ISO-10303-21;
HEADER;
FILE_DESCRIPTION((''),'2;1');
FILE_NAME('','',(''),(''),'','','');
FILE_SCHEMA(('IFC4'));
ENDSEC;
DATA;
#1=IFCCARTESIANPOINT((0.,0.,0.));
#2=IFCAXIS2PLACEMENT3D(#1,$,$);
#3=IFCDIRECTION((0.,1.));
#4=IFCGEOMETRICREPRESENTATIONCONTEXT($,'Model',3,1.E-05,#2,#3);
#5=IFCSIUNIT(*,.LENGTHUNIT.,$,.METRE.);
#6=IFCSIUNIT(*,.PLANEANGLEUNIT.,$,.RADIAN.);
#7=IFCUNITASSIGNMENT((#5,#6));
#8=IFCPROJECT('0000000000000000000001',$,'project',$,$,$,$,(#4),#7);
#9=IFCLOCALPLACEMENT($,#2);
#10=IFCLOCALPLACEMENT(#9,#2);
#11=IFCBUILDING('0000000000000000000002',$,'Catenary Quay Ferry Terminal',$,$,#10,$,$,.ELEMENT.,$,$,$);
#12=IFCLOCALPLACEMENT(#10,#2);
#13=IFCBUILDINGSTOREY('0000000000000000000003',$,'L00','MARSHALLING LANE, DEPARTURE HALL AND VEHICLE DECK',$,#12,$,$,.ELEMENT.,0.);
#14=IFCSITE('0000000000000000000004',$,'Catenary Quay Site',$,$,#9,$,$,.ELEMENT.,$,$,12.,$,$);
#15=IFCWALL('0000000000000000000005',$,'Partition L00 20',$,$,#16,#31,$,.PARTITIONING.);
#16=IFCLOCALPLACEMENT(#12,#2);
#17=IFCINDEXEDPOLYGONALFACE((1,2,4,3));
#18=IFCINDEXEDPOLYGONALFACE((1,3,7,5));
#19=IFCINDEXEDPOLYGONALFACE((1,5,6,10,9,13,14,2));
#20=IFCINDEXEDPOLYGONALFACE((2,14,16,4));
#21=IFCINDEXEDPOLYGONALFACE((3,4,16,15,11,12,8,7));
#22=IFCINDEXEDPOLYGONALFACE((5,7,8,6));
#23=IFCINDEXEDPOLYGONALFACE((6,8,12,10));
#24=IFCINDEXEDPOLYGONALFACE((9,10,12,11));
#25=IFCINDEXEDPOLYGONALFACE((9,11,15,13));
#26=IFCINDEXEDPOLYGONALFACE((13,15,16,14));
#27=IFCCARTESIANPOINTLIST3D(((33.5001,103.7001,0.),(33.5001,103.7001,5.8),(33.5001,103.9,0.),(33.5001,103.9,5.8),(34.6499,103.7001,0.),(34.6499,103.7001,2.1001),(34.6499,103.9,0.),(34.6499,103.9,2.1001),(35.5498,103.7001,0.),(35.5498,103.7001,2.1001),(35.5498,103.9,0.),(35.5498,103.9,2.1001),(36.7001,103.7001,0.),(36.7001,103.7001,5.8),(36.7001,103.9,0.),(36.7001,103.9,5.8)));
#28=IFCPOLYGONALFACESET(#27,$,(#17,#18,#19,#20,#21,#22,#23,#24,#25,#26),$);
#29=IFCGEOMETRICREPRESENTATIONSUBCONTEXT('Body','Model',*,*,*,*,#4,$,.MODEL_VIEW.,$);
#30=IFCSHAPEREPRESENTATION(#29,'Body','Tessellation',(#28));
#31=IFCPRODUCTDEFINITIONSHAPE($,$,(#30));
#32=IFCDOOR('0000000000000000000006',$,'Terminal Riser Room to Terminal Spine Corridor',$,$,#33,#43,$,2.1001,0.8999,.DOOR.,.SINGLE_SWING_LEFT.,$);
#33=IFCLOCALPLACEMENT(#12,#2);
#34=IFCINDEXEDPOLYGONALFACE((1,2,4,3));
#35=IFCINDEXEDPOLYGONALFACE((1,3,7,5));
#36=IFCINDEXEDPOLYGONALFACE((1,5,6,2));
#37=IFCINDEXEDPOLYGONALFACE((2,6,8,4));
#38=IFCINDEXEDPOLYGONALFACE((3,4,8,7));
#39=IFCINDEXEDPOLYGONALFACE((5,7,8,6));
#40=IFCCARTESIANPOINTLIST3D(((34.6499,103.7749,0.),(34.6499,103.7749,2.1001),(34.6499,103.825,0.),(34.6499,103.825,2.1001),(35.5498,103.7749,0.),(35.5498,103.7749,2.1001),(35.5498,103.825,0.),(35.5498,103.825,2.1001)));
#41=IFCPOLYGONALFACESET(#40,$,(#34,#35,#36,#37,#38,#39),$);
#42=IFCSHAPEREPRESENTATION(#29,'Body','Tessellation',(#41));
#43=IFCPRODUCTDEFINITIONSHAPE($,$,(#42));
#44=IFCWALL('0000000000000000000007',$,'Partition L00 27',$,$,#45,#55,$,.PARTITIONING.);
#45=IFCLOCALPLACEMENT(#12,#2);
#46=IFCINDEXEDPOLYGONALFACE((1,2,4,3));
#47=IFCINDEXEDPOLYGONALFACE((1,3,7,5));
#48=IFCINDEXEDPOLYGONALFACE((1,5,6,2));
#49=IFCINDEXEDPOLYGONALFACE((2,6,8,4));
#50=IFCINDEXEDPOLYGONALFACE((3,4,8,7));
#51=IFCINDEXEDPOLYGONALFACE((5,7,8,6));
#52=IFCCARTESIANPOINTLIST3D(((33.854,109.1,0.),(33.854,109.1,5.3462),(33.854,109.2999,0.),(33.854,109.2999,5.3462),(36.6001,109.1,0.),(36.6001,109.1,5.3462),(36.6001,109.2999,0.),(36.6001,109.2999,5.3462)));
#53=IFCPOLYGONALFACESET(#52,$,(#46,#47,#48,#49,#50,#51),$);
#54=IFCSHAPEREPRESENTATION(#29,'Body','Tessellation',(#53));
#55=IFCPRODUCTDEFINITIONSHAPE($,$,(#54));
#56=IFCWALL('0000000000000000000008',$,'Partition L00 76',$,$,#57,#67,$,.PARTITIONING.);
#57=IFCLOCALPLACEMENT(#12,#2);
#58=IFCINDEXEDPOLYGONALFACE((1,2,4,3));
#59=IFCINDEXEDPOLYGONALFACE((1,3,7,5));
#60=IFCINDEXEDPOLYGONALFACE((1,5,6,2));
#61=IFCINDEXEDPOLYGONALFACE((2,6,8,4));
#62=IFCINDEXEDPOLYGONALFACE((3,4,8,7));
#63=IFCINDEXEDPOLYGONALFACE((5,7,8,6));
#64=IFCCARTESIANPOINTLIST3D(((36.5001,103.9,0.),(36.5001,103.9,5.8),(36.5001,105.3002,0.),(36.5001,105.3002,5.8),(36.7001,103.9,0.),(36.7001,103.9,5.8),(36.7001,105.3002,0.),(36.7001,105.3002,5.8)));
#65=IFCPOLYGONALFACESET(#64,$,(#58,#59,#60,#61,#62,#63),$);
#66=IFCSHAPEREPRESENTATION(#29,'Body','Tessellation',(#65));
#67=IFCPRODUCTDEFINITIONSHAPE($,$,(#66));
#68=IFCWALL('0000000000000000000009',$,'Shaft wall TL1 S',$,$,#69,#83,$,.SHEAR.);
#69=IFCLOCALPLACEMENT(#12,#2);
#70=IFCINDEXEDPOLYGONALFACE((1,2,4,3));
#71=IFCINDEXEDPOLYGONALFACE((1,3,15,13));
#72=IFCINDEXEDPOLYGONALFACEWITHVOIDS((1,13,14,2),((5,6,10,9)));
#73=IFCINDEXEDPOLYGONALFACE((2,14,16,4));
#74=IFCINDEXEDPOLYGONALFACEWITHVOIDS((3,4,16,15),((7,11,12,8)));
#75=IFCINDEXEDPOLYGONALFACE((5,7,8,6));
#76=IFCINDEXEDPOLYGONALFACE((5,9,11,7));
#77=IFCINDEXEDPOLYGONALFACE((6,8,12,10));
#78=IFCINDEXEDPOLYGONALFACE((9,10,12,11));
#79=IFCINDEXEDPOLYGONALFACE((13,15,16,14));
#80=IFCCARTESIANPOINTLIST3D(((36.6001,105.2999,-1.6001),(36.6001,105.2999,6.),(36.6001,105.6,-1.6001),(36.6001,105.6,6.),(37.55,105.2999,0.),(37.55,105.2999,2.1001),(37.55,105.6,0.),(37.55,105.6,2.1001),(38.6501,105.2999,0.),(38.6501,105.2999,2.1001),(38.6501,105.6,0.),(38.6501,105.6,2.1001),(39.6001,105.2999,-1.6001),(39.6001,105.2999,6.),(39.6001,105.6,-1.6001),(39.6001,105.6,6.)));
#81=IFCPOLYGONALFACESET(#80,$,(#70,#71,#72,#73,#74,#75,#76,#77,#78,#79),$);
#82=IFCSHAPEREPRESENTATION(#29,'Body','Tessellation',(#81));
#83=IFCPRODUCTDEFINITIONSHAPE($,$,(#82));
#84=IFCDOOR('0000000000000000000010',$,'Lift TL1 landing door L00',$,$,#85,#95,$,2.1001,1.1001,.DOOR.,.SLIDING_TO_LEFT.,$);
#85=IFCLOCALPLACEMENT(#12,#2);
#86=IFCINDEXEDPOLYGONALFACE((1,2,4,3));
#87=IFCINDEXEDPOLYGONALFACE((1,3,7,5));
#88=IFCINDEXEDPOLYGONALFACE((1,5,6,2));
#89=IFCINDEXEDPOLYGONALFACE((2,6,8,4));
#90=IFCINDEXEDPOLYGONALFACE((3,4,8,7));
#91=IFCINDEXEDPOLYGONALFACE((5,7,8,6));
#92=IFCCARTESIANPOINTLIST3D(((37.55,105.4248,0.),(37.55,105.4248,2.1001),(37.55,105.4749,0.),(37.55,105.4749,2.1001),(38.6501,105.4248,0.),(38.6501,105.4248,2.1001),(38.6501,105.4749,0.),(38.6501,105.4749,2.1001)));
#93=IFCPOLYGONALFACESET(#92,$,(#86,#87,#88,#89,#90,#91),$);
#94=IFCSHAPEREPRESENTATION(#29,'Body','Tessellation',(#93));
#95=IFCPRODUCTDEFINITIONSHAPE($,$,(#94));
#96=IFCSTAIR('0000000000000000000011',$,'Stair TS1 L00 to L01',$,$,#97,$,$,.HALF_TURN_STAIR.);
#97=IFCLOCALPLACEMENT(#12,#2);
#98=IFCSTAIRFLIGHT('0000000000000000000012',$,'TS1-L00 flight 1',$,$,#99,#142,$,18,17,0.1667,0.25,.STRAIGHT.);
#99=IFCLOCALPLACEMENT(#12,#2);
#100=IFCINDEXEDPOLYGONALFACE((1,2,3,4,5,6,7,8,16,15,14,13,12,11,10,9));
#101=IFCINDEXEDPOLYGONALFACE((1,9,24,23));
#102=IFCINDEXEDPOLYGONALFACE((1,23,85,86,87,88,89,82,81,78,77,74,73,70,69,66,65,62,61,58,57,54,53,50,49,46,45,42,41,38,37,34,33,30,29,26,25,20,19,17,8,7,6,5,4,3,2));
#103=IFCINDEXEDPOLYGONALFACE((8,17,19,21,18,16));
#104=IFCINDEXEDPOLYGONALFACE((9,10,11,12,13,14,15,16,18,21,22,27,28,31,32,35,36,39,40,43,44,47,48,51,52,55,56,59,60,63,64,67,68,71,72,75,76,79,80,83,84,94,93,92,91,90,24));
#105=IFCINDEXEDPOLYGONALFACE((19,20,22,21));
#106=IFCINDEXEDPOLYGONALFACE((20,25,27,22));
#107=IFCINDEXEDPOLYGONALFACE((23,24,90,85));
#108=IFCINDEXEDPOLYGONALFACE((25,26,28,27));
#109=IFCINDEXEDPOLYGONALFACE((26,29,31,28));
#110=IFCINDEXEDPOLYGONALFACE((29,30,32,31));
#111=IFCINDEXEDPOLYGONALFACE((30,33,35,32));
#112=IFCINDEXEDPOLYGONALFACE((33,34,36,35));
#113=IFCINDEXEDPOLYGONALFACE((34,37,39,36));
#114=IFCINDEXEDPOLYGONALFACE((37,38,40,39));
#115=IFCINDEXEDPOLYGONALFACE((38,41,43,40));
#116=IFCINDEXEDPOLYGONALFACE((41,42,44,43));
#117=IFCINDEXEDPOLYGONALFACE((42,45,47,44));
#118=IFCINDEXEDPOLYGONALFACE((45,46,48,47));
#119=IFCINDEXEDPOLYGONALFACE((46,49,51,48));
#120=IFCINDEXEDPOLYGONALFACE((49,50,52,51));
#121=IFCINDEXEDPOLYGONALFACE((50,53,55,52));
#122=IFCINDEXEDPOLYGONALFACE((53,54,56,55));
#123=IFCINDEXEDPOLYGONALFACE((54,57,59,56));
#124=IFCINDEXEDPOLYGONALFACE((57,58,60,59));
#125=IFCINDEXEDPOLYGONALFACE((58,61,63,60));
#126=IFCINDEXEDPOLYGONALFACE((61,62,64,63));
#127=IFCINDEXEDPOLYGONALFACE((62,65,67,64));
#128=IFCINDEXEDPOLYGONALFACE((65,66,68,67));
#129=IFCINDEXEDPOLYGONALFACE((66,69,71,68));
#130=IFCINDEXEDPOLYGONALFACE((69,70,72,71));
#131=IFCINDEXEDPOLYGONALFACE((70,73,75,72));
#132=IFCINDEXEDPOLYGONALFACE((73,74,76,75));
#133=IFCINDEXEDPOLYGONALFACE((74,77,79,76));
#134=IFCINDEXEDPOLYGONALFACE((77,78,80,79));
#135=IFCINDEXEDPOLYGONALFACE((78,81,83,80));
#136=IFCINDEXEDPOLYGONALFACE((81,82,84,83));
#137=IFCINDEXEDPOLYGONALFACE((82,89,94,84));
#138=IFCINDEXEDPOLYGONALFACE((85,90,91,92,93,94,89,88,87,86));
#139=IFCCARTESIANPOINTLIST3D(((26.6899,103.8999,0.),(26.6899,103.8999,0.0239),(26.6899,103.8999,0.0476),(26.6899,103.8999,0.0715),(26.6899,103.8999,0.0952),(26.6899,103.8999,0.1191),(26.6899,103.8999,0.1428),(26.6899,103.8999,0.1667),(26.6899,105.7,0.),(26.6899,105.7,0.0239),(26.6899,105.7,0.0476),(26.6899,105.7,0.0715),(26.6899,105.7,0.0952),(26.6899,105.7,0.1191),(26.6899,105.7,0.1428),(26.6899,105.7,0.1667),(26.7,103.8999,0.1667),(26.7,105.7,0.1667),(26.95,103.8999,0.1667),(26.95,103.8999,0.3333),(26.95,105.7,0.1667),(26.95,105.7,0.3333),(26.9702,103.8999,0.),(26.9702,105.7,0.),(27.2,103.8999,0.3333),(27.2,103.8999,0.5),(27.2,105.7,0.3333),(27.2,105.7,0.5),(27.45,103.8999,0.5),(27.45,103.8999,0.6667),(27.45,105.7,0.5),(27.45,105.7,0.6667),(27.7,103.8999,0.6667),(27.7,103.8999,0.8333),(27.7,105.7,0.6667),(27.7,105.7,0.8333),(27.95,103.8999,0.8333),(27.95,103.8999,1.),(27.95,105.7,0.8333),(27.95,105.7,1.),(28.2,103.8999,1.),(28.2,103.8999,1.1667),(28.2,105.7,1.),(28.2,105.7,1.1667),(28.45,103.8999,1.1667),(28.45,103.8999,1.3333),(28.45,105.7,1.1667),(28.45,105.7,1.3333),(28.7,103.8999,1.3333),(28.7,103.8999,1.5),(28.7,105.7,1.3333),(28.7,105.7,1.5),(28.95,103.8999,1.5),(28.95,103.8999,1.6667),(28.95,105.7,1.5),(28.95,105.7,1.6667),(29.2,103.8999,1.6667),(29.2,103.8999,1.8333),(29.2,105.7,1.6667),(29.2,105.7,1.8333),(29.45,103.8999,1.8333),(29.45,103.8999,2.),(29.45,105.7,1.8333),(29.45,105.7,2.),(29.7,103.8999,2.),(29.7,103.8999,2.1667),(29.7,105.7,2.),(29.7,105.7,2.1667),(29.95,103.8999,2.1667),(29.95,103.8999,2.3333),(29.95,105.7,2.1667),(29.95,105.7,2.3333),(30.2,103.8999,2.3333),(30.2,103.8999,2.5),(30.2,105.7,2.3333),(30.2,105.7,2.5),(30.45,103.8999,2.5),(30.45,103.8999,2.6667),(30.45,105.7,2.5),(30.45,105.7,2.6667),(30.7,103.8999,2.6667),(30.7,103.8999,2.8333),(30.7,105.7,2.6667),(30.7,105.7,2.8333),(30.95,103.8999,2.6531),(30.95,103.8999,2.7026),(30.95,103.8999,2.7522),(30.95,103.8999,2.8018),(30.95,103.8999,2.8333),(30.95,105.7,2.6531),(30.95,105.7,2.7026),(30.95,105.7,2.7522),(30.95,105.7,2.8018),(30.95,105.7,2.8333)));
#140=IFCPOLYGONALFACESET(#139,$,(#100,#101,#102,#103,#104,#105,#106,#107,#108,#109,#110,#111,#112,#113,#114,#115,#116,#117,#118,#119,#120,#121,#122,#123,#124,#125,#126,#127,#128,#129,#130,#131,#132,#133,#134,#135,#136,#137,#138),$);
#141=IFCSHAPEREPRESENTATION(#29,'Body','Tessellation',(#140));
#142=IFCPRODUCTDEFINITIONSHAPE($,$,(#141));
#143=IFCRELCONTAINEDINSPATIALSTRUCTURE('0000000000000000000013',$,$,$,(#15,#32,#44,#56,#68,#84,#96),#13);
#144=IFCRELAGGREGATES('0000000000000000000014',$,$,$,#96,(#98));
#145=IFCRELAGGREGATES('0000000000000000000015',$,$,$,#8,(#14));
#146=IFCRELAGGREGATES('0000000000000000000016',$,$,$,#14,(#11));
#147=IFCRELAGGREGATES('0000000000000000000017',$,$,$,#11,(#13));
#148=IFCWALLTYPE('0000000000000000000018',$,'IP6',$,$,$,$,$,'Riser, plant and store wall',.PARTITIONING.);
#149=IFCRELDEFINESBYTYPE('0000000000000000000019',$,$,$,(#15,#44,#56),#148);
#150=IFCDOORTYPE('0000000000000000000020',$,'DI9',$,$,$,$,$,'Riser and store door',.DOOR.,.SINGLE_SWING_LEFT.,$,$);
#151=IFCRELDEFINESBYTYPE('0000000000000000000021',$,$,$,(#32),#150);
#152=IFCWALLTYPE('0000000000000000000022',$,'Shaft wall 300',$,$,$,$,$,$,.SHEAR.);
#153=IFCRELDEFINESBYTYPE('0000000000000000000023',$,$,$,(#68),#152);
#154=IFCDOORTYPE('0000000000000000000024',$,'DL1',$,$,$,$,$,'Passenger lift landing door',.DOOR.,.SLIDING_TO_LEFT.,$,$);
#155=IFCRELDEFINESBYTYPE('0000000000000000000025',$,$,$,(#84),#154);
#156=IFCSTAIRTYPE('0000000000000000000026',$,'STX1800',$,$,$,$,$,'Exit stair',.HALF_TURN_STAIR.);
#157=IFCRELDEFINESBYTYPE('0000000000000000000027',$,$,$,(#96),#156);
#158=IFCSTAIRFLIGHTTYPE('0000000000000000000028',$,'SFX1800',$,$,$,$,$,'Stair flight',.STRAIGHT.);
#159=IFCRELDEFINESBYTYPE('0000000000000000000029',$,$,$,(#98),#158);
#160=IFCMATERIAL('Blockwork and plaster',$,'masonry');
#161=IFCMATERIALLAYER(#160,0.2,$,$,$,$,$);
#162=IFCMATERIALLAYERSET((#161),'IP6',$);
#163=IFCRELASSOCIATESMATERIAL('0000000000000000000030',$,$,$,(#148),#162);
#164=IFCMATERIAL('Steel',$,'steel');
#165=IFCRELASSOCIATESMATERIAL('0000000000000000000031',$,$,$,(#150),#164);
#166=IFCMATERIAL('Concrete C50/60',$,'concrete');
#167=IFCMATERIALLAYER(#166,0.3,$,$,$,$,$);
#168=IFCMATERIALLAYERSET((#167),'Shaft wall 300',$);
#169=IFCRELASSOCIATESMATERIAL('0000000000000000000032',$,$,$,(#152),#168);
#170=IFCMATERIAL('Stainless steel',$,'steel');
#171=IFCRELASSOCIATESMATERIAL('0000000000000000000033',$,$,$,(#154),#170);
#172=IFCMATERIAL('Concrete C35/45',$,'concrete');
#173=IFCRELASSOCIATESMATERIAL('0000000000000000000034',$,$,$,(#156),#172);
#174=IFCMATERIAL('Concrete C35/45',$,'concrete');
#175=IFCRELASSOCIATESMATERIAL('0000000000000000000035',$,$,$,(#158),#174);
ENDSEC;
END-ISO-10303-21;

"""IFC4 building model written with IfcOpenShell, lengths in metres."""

from ifc_helpers import new_model, si_unit, direction, frame, frame_2d, origin, place, context, subcontext, project, spatial, polyline, rectangle, outline, extrude, material, layer, layer_set, type_object, element, fill, aggregate, save


model = new_model("IFC4")

# Units and contexts
model_context = context("Model", 3, precision=1e-05, world=origin(), true_north=direction((0.0, 1.0)))
body_context = subcontext(model_context, "Body", "Model", "MODEL_VIEW")
ifc_project = project(units=[si_unit("LENGTHUNIT", "METRE"), si_unit("PLANEANGLEUNIT", "RADIAN")], contexts=[model_context])

# Site, building, storey
site_placement = place(None, origin())
site = spatial("IfcSite", under=ifc_project, at=site_placement, Name="Catenary Quay Site", CompositionType="ELEMENT", RefElevation=12.0)
building_placement = place(site_placement, origin())
building = spatial("IfcBuilding", under=site, at=building_placement, Name="Catenary Quay Ferry Terminal", CompositionType="ELEMENT")
storey_placement = place(building_placement, origin())
storey = spatial("IfcBuildingStorey", under=building, at=storey_placement, Name="L00", Description="MARSHALLING LANE, DEPARTURE HALL AND VEHICLE DECK", CompositionType="ELEMENT", Elevation=0.0)

# Wall, opening, door
ifc_material_1 = material(Name="Blockwork and plaster", Category="masonry")
ifc_layer_1 = layer(ifc_material_1, 0.2)
ifc_layer_set_1 = layer_set([ifc_layer_1], Name="IP6")
wall_type_1 = type_object("IfcWallType", Name="IP6", ElementType="Riser, plant and store wall", PredefinedType="PARTITIONING", material=ifc_layer_set_1)
wall_1_placement = place(storey_placement, frame((33.5, 103.8, 0.0), z_axis=(0.0, 0.0, 1.0), x_axis=(1.0, 0.0, 0.0)))
wall_1 = element("IfcWall", 1, at=wall_1_placement, inside=storey, type_object=wall_type_1, Name="Partition L00 20", PredefinedType="PARTITIONING", context=body_context, shape_type="SweptSolid", body=[
    extrude(rectangle(XDim=3.2, YDim=0.2, at=frame_2d((1.6001, 0.0))), origin(), (0.0, 0.0, 1.0), 5.8),
])
opening_1_placement = place(wall_1_placement, frame((1.1499, 0.0, 0.0)))
opening_1 = element("IfcOpeningElement", 2, at=opening_1_placement, cuts=wall_1, PredefinedType="OPENING", context=body_context, shape_type="SweptSolid", body=[
    extrude(rectangle(XDim=0.8999, YDim=2.1001, at=frame_2d((0.45, 1.05))), frame((0.0, 0.1099, 0.0), z_axis=(0.0, -1.0, 0.0), x_axis=(1.0, 0.0, 0.0)), (0.0, 0.0, 1.0), 0.22),
])
ifc_material_2 = material(Name="Steel", Category="steel")
door_type_1 = type_object("IfcDoorType", Name="DI9", ElementType="Riser and store door", OperationType="SINGLE_SWING_LEFT", PredefinedType="DOOR", material=ifc_material_2)
door_1_placement = place(opening_1_placement, origin())
door_1 = element("IfcDoor", 3, at=door_1_placement, inside=storey, type_object=door_type_1, Name="Terminal Riser Room to Terminal Spine Corridor", OperationType="SINGLE_SWING_LEFT", OverallHeight=2.1001, OverallWidth=0.8999, PredefinedType="DOOR", context=body_context, shape_type="SweptSolid", body=[
    extrude(rectangle(XDim=0.8999, YDim=2.1001, at=frame_2d((0.45, 1.05))), frame((0.0, 0.0249, 0.0), z_axis=(0.0, -1.0, 0.0), x_axis=(1.0, 0.0, 0.0)), (0.0, 0.0, 1.0), 0.05),
])
fill(opening_1, door_1)

# Walls
wall_2_placement = place(storey_placement, frame((33.854, 109.2, 0.0), z_axis=(0.0, 0.0, 1.0), x_axis=(1.0, 0.0, 0.0)))
element("IfcWall", 4, at=wall_2_placement, inside=storey, type_object=wall_type_1, Name="Partition L00 27", PredefinedType="PARTITIONING", context=body_context, shape_type="SweptSolid", body=[
    extrude(rectangle(XDim=2.7461, YDim=0.2, at=frame_2d((1.373, 0.0))), origin(), (0.0, 0.0, 1.0), 5.3462),
])
wall_3_placement = place(storey_placement, frame((36.6001, 103.8999, 0.0), z_axis=(0.0, 0.0, 1.0), x_axis=(0.0, 1.0, 0.0)))
element("IfcWall", 5, at=wall_3_placement, inside=storey, type_object=wall_type_1, Name="Partition L00 76", PredefinedType="PARTITIONING", context=body_context, shape_type="SweptSolid", body=[
    extrude(rectangle(XDim=1.4001, YDim=0.2, at=frame_2d((0.7002, 0.0))), origin(), (0.0, 0.0, 1.0), 5.8),
])

# Wall, opening, door
ifc_material_3 = material(Name="Concrete C50/60", Category="concrete")
ifc_layer_2 = layer(ifc_material_3, 0.3)
ifc_layer_set_2 = layer_set([ifc_layer_2], Name="Shaft wall 300")
wall_type_2 = type_object("IfcWallType", Name="Shaft wall 300", PredefinedType="SHEAR", material=ifc_layer_set_2)
wall_4_placement = place(storey_placement, frame((36.6001, 105.45, -1.6001), z_axis=(0.0, 0.0, 1.0), x_axis=(1.0, 0.0, 0.0)))
wall_4 = element("IfcWall", 6, at=wall_4_placement, inside=storey, type_object=wall_type_2, Name="Shaft wall TL1 S", PredefinedType="SHEAR", context=body_context, shape_type="SweptSolid", body=[
    extrude(rectangle(XDim=3.0, YDim=0.3, at=frame_2d((1.5, 0.0))), origin(), (0.0, 0.0, 1.0), 7.6001),
])
opening_2_placement = place(wall_4_placement, frame((0.95, 0.0, 1.6001)))
opening_2 = element("IfcOpeningElement", 7, at=opening_2_placement, cuts=wall_4, PredefinedType="OPENING", context=body_context, shape_type="SweptSolid", body=[
    extrude(rectangle(XDim=1.1001, YDim=2.1001, at=frame_2d((0.55, 1.05))), frame((0.0, 0.1599, 0.0), z_axis=(0.0, -1.0, 0.0), x_axis=(1.0, 0.0, 0.0)), (0.0, 0.0, 1.0), 0.3201),
])
ifc_material_4 = material(Name="Stainless steel", Category="steel")
door_type_2 = type_object("IfcDoorType", Name="DL1", ElementType="Passenger lift landing door", OperationType="SLIDING_TO_LEFT", PredefinedType="DOOR", material=ifc_material_4)
door_2_placement = place(opening_2_placement, origin())
door_2 = element("IfcDoor", 8, at=door_2_placement, inside=storey, type_object=door_type_2, Name="Lift TL1 landing door L00", OperationType="SLIDING_TO_LEFT", OverallHeight=2.1001, OverallWidth=1.1001, PredefinedType="DOOR", context=body_context, shape_type="SweptSolid", body=[
    extrude(rectangle(XDim=1.1001, YDim=2.1001, at=frame_2d((0.55, 1.05))), frame((0.0, 0.0249, 0.0), z_axis=(0.0, -1.0, 0.0), x_axis=(1.0, 0.0, 0.0)), (0.0, 0.0, 1.0), 0.05),
])
fill(opening_2, door_2)

# Stair, stair flight
ifc_material_5 = material(Name="Concrete C35/45", Category="concrete")
stair_type = type_object("IfcStairType", Name="STX1800", ElementType="Exit stair", PredefinedType="HALF_TURN_STAIR", material=ifc_material_5)
stair_placement = place(storey_placement, origin())
stair = element("IfcStair", 9, at=stair_placement, inside=storey, type_object=stair_type, Name="Stair TS1 L00 to L01", PredefinedType="HALF_TURN_STAIR")
ifc_material_6 = material(Name="Concrete C35/45", Category="concrete")
stair_flight_type = type_object("IfcStairFlightType", Name="SFX1800", ElementType="Stair flight", PredefinedType="STRAIGHT", material=ifc_material_6)
stair_flight_1_placement = place(storey_placement, frame((26.7, 104.8, 0.0), z_axis=(0.0, 0.0, 1.0), x_axis=(1.0, 0.0, 0.0)))
stair_flight_1 = element("IfcStairFlight", 10, at=stair_flight_1_placement, type_object=stair_flight_type, Name="TS1-L00 flight 1", NumberOfRisers=18, NumberOfTreads=17, PredefinedType="STRAIGHT", RiserHeight=0.1667, TreadLength=0.25, context=body_context, shape_type="SweptSolid", body=[
    extrude(outline(polyline([(-0.01, 0.0), (-0.01, 0.0239), (-0.01, 0.0476), (-0.01, 0.0715), (-0.01, 0.0952), (-0.01, 0.1191), (-0.01, 0.1428), (-0.01, 0.1667), (0.0, 0.1667), (0.25, 0.1667), (0.25, 0.3333), (0.5, 0.3333), (0.5, 0.5), (0.75, 0.5), (0.75, 0.6667), (1.0, 0.6667), (1.0, 0.8333), (1.25, 0.8333), (1.25, 1.0), (1.5, 1.0), (1.5, 1.1667), (1.75, 1.1667), (1.75, 1.3333), (2.0, 1.3333), (2.0, 1.5), (2.25, 1.5), (2.25, 1.6667), (2.5, 1.6667), (2.5, 1.8333), (2.75, 1.8333), (2.75, 2.0), (3.0, 2.0), (3.0, 2.1667), (3.25, 2.1667), (3.25, 2.3333), (3.5, 2.3333), (3.5, 2.5), (3.75, 2.5), (3.75, 2.6667), (4.0, 2.6667), (4.0, 2.8333), (4.25, 2.8333), (4.25, 3.0), (4.25, 2.9504), (4.25, 2.9009), (4.25, 2.8513), (4.25, 2.8018), (4.25, 2.7522), (4.25, 2.7026), (4.25, 2.6531), (0.2703, 0.0), (-0.01, 0.0)])), frame((0.0, 0.8999, 0.0), z_axis=(0.0, -1.0, 0.0), x_axis=(1.0, 0.0, 0.0)), (0.0, 0.0, 1.0), 1.8),
])
aggregate(stair, [stair_flight_1])

save(model, "model.ifc")
